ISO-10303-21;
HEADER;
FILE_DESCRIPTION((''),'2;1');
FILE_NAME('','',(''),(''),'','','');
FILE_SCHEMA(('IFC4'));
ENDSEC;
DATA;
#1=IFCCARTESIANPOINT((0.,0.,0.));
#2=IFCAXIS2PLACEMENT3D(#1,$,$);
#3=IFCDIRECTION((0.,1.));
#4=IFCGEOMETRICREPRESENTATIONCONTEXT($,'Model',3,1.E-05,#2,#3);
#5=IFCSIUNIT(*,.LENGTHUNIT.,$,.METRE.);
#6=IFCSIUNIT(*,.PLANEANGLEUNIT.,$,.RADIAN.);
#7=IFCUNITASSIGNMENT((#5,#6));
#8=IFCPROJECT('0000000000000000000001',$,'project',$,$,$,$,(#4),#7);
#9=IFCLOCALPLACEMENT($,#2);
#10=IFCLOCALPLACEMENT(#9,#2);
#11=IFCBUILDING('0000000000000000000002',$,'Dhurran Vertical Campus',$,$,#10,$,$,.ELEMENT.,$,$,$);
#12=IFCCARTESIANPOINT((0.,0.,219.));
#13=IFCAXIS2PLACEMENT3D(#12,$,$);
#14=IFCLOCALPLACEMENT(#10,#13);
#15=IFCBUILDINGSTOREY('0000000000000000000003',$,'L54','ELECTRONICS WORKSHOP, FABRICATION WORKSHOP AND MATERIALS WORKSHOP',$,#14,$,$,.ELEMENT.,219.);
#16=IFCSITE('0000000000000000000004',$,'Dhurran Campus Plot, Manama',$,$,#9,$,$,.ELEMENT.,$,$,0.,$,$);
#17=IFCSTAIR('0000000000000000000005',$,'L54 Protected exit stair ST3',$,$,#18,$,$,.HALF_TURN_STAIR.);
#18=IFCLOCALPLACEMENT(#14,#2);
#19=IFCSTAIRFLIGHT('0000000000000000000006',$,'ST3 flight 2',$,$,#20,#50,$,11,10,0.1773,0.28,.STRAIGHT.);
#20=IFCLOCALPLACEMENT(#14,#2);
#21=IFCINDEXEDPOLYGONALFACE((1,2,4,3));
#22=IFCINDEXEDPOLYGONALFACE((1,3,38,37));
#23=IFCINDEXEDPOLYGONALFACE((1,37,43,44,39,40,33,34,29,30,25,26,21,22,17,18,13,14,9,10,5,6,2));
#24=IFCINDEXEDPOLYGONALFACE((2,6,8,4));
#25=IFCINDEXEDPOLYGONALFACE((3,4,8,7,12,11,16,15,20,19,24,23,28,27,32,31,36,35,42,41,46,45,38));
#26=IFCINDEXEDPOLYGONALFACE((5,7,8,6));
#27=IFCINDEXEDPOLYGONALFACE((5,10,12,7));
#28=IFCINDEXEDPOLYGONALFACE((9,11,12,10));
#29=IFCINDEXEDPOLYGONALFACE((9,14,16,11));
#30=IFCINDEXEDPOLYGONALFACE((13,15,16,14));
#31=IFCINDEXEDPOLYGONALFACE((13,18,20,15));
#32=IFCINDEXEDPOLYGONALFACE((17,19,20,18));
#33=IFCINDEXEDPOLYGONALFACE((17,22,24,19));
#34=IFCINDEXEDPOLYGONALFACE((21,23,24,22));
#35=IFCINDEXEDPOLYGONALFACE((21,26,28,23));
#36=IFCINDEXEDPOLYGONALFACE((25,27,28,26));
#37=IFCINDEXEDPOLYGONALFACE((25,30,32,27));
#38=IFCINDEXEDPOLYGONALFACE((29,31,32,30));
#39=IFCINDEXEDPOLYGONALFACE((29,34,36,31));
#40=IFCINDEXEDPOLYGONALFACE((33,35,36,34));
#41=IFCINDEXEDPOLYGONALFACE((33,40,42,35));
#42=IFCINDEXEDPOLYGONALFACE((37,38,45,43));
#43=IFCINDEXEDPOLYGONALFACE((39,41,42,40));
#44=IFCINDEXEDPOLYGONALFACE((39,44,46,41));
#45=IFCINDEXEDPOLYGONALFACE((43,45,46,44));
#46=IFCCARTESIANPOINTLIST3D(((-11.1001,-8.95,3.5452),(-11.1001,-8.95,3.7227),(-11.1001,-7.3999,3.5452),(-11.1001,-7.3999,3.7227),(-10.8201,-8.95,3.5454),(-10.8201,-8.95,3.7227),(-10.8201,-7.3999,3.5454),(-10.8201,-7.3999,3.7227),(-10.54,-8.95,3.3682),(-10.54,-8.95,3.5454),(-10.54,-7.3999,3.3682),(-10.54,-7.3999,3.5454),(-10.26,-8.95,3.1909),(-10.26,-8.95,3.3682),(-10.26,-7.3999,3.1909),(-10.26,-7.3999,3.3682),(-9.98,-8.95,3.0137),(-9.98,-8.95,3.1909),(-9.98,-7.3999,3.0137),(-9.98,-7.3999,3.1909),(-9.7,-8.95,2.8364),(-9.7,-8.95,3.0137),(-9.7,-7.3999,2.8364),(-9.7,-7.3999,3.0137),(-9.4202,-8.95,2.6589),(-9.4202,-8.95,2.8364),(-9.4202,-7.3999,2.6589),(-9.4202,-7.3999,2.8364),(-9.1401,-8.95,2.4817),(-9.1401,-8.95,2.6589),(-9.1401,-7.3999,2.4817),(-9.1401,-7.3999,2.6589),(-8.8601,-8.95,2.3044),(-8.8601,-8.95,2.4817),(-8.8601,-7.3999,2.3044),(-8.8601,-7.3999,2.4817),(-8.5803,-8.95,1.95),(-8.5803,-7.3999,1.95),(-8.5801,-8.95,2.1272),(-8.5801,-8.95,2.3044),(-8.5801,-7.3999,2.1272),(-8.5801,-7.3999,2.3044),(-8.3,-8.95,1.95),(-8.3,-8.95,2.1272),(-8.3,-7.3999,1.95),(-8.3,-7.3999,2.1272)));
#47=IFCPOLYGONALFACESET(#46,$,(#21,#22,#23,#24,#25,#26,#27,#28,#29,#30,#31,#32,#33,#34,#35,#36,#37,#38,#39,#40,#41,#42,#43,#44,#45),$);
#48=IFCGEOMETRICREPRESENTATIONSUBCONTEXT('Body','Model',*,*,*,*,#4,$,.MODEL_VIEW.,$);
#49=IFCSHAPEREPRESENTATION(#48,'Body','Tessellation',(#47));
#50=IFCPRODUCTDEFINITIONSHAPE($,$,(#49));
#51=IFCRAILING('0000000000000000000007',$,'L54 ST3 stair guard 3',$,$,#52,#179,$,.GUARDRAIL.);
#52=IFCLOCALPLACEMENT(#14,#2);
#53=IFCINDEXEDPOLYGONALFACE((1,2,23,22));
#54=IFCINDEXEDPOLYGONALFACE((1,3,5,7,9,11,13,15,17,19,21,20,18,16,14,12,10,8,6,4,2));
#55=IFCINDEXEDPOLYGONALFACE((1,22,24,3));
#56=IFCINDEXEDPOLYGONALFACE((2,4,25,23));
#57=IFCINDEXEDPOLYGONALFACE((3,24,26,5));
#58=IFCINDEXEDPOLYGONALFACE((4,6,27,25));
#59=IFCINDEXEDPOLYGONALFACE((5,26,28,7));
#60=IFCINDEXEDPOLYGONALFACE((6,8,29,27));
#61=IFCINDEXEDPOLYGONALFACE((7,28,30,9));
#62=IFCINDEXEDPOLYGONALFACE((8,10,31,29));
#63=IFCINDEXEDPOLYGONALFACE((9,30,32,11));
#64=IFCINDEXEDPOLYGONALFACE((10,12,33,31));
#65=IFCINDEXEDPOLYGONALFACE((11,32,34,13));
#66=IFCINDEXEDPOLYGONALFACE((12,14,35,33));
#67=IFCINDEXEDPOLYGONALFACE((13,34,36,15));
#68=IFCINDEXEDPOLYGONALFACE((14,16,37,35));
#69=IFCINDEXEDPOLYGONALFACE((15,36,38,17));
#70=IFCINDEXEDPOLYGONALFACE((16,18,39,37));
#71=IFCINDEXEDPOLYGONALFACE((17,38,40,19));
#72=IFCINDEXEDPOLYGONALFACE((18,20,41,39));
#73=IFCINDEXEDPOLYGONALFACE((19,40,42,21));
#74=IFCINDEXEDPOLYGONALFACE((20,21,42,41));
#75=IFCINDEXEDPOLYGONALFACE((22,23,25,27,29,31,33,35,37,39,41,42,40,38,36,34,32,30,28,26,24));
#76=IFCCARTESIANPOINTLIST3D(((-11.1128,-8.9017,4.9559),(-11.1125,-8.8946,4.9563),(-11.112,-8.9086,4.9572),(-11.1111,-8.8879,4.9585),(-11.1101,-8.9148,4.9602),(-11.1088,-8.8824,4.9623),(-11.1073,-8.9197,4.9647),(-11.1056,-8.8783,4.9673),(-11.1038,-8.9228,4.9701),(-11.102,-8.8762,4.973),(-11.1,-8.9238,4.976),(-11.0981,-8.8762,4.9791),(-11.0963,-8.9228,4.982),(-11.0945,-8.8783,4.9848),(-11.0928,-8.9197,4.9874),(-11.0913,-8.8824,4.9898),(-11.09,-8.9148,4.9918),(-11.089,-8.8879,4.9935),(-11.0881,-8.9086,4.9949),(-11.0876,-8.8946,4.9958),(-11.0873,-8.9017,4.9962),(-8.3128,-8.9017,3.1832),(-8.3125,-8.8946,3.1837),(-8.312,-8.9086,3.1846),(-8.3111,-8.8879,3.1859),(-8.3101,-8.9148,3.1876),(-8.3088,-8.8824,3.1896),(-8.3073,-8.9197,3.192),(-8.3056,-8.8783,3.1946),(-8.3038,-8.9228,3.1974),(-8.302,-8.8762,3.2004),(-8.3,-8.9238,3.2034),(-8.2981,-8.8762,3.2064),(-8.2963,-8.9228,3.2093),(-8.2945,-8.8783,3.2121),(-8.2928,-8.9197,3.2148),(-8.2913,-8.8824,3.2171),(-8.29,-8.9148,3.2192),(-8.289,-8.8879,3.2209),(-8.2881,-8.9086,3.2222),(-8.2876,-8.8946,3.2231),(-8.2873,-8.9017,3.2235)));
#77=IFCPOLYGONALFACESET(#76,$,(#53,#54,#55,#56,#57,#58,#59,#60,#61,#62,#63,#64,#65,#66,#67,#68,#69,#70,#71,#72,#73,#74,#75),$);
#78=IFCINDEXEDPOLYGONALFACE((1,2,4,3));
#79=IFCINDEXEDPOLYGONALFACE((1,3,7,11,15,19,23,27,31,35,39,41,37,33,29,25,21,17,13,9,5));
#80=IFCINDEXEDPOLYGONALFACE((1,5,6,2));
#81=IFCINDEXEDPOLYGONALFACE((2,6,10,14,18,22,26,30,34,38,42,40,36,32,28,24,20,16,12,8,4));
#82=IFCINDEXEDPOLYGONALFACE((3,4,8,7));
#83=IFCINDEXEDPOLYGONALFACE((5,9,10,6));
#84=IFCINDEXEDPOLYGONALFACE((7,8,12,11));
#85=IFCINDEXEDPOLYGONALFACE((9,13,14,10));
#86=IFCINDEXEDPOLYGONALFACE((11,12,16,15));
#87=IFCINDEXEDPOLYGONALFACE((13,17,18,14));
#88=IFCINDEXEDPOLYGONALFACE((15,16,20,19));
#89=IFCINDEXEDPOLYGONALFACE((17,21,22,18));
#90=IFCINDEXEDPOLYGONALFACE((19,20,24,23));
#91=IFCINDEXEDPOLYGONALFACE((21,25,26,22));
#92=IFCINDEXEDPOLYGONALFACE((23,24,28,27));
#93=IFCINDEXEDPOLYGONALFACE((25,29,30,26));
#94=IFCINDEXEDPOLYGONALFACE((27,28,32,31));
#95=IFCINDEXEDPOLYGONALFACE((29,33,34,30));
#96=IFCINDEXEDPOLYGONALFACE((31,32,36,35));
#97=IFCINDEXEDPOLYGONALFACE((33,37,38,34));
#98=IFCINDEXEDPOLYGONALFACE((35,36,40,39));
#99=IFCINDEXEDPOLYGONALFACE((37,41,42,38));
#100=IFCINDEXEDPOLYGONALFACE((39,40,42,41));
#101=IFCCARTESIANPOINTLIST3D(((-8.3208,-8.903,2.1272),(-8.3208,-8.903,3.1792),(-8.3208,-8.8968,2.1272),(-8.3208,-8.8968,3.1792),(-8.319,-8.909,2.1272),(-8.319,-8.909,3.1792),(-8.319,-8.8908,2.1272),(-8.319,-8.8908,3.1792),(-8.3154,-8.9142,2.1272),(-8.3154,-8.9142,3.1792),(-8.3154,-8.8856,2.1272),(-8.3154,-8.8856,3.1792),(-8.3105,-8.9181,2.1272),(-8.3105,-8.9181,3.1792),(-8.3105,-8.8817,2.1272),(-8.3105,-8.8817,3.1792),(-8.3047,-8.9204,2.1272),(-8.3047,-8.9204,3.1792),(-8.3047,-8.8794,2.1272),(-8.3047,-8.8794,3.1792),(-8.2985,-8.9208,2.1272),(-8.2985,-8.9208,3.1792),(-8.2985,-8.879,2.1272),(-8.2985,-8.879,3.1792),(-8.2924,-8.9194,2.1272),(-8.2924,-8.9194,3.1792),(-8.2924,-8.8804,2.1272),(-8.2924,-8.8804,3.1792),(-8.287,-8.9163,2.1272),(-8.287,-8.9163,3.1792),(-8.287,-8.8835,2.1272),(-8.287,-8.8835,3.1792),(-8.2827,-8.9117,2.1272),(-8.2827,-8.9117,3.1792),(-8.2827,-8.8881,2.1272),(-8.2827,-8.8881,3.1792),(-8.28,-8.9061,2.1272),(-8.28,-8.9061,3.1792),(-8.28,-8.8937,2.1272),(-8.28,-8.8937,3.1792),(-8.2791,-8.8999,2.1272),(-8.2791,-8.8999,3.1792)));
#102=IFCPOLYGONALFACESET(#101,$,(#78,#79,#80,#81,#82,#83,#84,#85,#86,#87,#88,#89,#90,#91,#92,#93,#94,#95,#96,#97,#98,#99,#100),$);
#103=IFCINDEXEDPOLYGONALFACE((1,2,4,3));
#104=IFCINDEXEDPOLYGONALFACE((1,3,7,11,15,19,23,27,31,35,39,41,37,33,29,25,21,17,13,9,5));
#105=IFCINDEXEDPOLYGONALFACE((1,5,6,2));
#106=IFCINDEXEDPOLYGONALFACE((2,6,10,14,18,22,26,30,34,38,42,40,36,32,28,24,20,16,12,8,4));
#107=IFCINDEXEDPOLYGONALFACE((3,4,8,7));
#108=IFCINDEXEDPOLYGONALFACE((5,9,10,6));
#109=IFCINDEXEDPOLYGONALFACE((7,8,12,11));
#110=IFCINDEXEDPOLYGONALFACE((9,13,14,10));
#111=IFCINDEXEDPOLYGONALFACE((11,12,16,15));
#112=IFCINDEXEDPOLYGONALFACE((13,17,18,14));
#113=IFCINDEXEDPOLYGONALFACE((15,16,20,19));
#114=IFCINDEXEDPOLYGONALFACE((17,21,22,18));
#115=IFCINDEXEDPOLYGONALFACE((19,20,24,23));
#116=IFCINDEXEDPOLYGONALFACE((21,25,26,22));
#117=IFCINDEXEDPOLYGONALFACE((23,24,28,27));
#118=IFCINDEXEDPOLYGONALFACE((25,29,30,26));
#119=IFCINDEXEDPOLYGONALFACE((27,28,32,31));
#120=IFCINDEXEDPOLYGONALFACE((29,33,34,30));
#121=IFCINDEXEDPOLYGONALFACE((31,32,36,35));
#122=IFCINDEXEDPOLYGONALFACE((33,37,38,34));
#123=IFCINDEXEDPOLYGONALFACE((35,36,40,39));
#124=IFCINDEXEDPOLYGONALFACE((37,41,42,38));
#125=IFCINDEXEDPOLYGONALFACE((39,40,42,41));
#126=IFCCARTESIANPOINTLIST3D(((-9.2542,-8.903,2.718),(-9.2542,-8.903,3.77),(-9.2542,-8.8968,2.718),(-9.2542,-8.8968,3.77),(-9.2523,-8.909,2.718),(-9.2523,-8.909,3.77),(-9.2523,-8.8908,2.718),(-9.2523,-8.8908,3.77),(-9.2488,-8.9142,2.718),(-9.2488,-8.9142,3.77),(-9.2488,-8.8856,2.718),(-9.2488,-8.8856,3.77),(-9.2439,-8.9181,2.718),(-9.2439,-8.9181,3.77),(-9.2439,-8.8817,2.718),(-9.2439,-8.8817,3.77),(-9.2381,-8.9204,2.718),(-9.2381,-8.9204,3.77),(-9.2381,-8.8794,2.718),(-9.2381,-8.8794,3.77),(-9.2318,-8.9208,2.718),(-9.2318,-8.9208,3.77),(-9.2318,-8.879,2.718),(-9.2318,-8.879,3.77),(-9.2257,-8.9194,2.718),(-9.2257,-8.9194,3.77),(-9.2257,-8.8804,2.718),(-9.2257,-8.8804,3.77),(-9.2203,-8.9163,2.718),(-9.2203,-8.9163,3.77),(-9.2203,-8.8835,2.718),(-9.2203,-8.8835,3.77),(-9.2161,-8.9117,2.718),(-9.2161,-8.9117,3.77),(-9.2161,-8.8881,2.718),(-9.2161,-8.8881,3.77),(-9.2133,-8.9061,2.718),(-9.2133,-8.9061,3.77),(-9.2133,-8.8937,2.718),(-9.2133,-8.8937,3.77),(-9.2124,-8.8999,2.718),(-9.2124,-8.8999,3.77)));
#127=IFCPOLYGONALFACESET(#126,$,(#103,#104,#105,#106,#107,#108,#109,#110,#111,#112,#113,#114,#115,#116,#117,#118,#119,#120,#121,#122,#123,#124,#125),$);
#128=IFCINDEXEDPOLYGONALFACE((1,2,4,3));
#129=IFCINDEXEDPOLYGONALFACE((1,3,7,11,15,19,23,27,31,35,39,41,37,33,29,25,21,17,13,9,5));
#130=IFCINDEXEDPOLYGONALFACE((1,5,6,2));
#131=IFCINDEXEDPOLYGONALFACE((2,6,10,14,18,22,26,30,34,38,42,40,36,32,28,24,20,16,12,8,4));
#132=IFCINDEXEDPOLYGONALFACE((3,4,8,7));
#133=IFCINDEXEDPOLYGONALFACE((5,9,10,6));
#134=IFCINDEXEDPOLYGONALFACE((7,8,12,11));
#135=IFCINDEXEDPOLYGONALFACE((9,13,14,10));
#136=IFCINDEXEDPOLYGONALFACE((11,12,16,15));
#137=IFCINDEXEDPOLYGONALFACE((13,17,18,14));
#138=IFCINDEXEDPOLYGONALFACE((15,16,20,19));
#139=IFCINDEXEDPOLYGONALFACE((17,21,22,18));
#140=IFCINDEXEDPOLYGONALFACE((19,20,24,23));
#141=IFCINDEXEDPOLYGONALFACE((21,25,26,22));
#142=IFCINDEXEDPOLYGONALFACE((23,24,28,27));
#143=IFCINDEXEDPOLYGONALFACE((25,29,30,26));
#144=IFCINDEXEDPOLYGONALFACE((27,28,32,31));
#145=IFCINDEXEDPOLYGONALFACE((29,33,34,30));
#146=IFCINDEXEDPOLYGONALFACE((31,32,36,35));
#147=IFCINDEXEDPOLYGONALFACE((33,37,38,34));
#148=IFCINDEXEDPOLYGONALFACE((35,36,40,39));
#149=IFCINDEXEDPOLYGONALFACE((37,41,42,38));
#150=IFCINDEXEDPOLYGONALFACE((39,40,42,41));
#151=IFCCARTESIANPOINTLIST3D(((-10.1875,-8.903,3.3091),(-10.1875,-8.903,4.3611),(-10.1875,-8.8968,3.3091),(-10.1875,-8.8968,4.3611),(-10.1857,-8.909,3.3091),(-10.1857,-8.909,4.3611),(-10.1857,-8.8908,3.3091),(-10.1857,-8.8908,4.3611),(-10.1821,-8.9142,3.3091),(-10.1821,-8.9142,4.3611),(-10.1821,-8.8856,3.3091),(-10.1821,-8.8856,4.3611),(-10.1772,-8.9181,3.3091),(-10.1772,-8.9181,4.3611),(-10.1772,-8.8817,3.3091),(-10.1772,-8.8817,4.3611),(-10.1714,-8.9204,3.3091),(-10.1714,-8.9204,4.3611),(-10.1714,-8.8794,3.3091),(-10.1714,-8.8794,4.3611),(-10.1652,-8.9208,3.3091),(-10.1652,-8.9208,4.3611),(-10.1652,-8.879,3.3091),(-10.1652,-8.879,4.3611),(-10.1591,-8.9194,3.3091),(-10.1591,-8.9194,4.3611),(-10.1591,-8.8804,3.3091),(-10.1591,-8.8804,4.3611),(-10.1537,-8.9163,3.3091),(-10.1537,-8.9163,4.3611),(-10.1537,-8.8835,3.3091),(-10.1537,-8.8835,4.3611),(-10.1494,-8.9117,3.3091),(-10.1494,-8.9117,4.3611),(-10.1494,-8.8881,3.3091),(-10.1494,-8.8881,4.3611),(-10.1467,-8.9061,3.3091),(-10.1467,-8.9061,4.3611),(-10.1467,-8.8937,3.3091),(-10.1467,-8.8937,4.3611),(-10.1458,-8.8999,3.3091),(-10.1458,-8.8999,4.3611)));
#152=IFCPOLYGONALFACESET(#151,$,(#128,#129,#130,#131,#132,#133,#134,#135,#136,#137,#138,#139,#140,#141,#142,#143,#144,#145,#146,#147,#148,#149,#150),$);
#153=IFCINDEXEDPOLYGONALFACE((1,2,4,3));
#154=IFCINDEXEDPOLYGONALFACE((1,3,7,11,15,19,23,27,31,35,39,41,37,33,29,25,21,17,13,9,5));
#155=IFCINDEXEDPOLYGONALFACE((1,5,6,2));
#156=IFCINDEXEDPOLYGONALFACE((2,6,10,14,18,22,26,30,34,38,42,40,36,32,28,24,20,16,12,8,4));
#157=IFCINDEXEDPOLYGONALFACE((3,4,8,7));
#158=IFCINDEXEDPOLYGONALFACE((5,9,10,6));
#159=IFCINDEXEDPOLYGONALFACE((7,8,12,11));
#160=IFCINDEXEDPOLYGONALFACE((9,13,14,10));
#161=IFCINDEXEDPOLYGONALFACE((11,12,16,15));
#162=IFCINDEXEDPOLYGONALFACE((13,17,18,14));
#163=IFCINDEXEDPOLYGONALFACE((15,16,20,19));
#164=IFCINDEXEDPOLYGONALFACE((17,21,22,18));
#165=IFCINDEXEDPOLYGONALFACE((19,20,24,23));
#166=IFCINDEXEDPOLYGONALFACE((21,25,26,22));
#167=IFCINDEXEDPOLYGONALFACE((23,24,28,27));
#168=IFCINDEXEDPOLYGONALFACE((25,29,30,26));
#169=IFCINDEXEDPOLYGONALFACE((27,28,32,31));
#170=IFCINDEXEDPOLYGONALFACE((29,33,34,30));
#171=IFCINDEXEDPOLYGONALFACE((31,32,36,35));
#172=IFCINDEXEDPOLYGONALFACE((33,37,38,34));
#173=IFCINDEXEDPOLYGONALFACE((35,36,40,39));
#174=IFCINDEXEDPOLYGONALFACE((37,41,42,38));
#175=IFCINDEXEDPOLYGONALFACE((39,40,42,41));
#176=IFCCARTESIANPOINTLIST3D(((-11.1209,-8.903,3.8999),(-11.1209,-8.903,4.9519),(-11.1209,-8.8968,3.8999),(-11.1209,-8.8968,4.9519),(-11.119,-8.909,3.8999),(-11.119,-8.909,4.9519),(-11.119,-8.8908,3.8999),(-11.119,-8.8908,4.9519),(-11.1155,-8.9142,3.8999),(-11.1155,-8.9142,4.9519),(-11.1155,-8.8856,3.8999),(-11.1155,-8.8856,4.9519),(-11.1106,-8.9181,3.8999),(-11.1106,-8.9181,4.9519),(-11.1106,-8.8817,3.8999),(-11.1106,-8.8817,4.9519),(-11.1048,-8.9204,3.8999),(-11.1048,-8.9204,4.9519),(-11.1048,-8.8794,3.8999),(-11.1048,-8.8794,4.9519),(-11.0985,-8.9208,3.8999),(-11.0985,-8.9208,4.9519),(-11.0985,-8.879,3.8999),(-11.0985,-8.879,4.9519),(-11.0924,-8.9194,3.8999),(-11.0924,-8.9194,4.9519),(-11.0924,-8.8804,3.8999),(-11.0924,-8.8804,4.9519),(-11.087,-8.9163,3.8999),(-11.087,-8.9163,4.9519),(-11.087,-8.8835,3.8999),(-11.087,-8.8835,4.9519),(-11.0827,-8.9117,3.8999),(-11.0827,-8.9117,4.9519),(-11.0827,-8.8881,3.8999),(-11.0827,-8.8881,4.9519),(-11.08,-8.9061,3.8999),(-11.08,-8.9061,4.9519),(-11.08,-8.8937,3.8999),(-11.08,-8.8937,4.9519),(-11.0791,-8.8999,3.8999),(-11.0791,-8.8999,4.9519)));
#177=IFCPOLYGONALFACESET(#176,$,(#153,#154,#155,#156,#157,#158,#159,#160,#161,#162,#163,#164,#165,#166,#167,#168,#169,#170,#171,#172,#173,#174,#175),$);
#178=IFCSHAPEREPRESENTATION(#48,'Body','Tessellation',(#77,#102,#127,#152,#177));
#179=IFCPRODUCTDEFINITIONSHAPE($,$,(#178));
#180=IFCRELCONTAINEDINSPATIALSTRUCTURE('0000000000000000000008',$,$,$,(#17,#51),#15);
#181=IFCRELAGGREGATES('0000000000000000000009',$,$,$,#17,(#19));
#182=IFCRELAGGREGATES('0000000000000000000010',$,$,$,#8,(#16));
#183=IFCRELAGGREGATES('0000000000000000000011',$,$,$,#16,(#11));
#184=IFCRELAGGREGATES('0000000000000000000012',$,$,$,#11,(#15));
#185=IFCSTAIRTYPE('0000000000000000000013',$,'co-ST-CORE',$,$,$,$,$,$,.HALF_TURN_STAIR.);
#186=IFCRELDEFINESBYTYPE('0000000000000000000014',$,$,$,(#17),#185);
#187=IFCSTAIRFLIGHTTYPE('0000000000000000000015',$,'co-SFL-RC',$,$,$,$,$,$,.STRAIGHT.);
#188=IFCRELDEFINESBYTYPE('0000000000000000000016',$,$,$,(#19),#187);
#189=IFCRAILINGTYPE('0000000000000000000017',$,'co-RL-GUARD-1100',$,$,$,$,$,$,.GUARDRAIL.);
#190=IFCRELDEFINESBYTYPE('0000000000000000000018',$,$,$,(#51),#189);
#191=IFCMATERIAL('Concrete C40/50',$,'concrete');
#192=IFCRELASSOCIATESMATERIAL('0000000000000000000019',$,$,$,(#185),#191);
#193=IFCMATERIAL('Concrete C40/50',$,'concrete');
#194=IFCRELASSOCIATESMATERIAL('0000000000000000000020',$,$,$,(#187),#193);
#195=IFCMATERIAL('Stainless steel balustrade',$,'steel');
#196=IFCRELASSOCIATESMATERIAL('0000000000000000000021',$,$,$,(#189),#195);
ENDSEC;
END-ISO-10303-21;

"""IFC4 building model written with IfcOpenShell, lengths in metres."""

from ifc_helpers import new_model, si_unit, direction, frame, origin, origin_2d, place, context, subcontext, project, spatial, polyline, circle, outline, extrude, material, type_object, element, aggregate, save


model = new_model("IFC4")

# Units and contexts
model_context = context("Model", 3, precision=1e-05, world=origin(), true_north=direction((0.0, 1.0)))
body_context = subcontext(model_context, "Body", "Model", "MODEL_VIEW")
ifc_project = project(units=[si_unit("LENGTHUNIT", "METRE"), si_unit("PLANEANGLEUNIT", "RADIAN")], contexts=[model_context])

# Site, building, storey
site_placement = place(None, origin())
site = spatial("IfcSite", under=ifc_project, at=site_placement, Name="Dhurran Campus Plot, Manama", CompositionType="ELEMENT", RefElevation=0.0)
building_placement = place(site_placement, origin())
building = spatial("IfcBuilding", under=site, at=building_placement, Name="Dhurran Vertical Campus", CompositionType="ELEMENT")
storey_placement = place(building_placement, frame((0.0, 0.0, 219.0)))
storey = spatial("IfcBuildingStorey", under=building, at=storey_placement, Name="L54", Description="ELECTRONICS WORKSHOP, FABRICATION WORKSHOP AND MATERIALS WORKSHOP", CompositionType="ELEMENT", Elevation=219.0)

# Stair, stair flight
ifc_material_1 = material(Name="Concrete C40/50", Category="concrete")
stair_type = type_object("IfcStairType", Name="co-ST-CORE", PredefinedType="HALF_TURN_STAIR", material=ifc_material_1)
stair_placement = place(storey_placement, origin())
stair = element("IfcStair", 1, at=stair_placement, inside=storey, type_object=stair_type, Name="L54 Protected exit stair ST3", PredefinedType="HALF_TURN_STAIR")
ifc_material_2 = material(Name="Concrete C40/50", Category="concrete")
stair_flight_type = type_object("IfcStairFlightType", Name="co-SFL-RC", PredefinedType="STRAIGHT", material=ifc_material_2)
stair_flight_placement = place(storey_placement, frame((-8.3, -8.175, 1.95), z_axis=(0.0, 0.0, 1.0), x_axis=(-1.0, 0.0, 0.0)))
stair_flight = element("IfcStairFlight", 2, at=stair_flight_placement, type_object=stair_flight_type, Name="ST3 flight 2", NumberOfRisers=11, NumberOfTreads=10, PredefinedType="STRAIGHT", RiserHeight=0.1773, TreadLength=0.28, context=body_context, shape_type="SweptSolid", body=[
    extrude(outline(polyline([(0.0, 0.0), (0.0, 0.1772), (0.28, 0.1772), (0.28, 0.3545), (0.5601, 0.3545), (0.5601, 0.5317), (0.8401, 0.5317), (0.8401, 0.709), (1.1201, 0.709), (1.1201, 0.8865), (1.3999, 0.8865), (1.3999, 1.0637), (1.6799, 1.0637), (1.6799, 1.241), (1.96, 1.241), (1.96, 1.4182), (2.24, 1.4182), (2.24, 1.5955), (2.52, 1.5955), (2.52, 1.7727), (2.8, 1.7727), (2.8, 1.95), (2.8, 1.5952), (0.2803, 0.0), (0.0, 0.0)])), frame((0.0, 0.7749, 0.0), z_axis=(0.0, -1.0, 0.0), x_axis=(1.0, 0.0, 0.0)), (0.0, 0.0, 1.0), 1.55),
])
aggregate(stair, [stair_flight])

# Railing
ifc_material_3 = material(Name="Stainless steel balustrade", Category="steel")
railing_type_1 = type_object("IfcRailingType", Name="co-RL-GUARD-1100", PredefinedType="GUARDRAIL", material=ifc_material_3)
railing_1_placement = place(storey_placement, frame((-8.3, -8.8999, 2.1272)))
element("IfcRailing", 3, at=railing_1_placement, inside=storey, type_object=railing_type_1, Name="L54 ST3 stair guard 3", PredefinedType="GUARDRAIL", context=body_context, shape_type="SweptSolid", body=[
    extrude(circle(Radius=0.0239, at=origin_2d()), frame((0.0, 0.0, 1.0762), z_axis=(-0.844909, 0.0, 0.53491), x_axis=(0.0, -1.0, 0.0)), (0.0, 0.0, 1.0), 3.314),
    extrude(circle(Radius=0.021, at=origin_2d()), origin(), (0.0, 0.0, 1.0), 1.052),
    extrude(circle(Radius=0.021, at=origin_2d()), frame((-0.9333, 0.0, 0.5908)), (0.0, 0.0, 1.0), 1.052),
    extrude(circle(Radius=0.021, at=origin_2d()), frame((-1.8667, 0.0, 1.1819)), (0.0, 0.0, 1.0), 1.052),
    extrude(circle(Radius=0.021, at=origin_2d()), frame((-2.8, 0.0, 1.7727)), (0.0, 0.0, 1.0), 1.052),
])

save(model, "model.ifc")
